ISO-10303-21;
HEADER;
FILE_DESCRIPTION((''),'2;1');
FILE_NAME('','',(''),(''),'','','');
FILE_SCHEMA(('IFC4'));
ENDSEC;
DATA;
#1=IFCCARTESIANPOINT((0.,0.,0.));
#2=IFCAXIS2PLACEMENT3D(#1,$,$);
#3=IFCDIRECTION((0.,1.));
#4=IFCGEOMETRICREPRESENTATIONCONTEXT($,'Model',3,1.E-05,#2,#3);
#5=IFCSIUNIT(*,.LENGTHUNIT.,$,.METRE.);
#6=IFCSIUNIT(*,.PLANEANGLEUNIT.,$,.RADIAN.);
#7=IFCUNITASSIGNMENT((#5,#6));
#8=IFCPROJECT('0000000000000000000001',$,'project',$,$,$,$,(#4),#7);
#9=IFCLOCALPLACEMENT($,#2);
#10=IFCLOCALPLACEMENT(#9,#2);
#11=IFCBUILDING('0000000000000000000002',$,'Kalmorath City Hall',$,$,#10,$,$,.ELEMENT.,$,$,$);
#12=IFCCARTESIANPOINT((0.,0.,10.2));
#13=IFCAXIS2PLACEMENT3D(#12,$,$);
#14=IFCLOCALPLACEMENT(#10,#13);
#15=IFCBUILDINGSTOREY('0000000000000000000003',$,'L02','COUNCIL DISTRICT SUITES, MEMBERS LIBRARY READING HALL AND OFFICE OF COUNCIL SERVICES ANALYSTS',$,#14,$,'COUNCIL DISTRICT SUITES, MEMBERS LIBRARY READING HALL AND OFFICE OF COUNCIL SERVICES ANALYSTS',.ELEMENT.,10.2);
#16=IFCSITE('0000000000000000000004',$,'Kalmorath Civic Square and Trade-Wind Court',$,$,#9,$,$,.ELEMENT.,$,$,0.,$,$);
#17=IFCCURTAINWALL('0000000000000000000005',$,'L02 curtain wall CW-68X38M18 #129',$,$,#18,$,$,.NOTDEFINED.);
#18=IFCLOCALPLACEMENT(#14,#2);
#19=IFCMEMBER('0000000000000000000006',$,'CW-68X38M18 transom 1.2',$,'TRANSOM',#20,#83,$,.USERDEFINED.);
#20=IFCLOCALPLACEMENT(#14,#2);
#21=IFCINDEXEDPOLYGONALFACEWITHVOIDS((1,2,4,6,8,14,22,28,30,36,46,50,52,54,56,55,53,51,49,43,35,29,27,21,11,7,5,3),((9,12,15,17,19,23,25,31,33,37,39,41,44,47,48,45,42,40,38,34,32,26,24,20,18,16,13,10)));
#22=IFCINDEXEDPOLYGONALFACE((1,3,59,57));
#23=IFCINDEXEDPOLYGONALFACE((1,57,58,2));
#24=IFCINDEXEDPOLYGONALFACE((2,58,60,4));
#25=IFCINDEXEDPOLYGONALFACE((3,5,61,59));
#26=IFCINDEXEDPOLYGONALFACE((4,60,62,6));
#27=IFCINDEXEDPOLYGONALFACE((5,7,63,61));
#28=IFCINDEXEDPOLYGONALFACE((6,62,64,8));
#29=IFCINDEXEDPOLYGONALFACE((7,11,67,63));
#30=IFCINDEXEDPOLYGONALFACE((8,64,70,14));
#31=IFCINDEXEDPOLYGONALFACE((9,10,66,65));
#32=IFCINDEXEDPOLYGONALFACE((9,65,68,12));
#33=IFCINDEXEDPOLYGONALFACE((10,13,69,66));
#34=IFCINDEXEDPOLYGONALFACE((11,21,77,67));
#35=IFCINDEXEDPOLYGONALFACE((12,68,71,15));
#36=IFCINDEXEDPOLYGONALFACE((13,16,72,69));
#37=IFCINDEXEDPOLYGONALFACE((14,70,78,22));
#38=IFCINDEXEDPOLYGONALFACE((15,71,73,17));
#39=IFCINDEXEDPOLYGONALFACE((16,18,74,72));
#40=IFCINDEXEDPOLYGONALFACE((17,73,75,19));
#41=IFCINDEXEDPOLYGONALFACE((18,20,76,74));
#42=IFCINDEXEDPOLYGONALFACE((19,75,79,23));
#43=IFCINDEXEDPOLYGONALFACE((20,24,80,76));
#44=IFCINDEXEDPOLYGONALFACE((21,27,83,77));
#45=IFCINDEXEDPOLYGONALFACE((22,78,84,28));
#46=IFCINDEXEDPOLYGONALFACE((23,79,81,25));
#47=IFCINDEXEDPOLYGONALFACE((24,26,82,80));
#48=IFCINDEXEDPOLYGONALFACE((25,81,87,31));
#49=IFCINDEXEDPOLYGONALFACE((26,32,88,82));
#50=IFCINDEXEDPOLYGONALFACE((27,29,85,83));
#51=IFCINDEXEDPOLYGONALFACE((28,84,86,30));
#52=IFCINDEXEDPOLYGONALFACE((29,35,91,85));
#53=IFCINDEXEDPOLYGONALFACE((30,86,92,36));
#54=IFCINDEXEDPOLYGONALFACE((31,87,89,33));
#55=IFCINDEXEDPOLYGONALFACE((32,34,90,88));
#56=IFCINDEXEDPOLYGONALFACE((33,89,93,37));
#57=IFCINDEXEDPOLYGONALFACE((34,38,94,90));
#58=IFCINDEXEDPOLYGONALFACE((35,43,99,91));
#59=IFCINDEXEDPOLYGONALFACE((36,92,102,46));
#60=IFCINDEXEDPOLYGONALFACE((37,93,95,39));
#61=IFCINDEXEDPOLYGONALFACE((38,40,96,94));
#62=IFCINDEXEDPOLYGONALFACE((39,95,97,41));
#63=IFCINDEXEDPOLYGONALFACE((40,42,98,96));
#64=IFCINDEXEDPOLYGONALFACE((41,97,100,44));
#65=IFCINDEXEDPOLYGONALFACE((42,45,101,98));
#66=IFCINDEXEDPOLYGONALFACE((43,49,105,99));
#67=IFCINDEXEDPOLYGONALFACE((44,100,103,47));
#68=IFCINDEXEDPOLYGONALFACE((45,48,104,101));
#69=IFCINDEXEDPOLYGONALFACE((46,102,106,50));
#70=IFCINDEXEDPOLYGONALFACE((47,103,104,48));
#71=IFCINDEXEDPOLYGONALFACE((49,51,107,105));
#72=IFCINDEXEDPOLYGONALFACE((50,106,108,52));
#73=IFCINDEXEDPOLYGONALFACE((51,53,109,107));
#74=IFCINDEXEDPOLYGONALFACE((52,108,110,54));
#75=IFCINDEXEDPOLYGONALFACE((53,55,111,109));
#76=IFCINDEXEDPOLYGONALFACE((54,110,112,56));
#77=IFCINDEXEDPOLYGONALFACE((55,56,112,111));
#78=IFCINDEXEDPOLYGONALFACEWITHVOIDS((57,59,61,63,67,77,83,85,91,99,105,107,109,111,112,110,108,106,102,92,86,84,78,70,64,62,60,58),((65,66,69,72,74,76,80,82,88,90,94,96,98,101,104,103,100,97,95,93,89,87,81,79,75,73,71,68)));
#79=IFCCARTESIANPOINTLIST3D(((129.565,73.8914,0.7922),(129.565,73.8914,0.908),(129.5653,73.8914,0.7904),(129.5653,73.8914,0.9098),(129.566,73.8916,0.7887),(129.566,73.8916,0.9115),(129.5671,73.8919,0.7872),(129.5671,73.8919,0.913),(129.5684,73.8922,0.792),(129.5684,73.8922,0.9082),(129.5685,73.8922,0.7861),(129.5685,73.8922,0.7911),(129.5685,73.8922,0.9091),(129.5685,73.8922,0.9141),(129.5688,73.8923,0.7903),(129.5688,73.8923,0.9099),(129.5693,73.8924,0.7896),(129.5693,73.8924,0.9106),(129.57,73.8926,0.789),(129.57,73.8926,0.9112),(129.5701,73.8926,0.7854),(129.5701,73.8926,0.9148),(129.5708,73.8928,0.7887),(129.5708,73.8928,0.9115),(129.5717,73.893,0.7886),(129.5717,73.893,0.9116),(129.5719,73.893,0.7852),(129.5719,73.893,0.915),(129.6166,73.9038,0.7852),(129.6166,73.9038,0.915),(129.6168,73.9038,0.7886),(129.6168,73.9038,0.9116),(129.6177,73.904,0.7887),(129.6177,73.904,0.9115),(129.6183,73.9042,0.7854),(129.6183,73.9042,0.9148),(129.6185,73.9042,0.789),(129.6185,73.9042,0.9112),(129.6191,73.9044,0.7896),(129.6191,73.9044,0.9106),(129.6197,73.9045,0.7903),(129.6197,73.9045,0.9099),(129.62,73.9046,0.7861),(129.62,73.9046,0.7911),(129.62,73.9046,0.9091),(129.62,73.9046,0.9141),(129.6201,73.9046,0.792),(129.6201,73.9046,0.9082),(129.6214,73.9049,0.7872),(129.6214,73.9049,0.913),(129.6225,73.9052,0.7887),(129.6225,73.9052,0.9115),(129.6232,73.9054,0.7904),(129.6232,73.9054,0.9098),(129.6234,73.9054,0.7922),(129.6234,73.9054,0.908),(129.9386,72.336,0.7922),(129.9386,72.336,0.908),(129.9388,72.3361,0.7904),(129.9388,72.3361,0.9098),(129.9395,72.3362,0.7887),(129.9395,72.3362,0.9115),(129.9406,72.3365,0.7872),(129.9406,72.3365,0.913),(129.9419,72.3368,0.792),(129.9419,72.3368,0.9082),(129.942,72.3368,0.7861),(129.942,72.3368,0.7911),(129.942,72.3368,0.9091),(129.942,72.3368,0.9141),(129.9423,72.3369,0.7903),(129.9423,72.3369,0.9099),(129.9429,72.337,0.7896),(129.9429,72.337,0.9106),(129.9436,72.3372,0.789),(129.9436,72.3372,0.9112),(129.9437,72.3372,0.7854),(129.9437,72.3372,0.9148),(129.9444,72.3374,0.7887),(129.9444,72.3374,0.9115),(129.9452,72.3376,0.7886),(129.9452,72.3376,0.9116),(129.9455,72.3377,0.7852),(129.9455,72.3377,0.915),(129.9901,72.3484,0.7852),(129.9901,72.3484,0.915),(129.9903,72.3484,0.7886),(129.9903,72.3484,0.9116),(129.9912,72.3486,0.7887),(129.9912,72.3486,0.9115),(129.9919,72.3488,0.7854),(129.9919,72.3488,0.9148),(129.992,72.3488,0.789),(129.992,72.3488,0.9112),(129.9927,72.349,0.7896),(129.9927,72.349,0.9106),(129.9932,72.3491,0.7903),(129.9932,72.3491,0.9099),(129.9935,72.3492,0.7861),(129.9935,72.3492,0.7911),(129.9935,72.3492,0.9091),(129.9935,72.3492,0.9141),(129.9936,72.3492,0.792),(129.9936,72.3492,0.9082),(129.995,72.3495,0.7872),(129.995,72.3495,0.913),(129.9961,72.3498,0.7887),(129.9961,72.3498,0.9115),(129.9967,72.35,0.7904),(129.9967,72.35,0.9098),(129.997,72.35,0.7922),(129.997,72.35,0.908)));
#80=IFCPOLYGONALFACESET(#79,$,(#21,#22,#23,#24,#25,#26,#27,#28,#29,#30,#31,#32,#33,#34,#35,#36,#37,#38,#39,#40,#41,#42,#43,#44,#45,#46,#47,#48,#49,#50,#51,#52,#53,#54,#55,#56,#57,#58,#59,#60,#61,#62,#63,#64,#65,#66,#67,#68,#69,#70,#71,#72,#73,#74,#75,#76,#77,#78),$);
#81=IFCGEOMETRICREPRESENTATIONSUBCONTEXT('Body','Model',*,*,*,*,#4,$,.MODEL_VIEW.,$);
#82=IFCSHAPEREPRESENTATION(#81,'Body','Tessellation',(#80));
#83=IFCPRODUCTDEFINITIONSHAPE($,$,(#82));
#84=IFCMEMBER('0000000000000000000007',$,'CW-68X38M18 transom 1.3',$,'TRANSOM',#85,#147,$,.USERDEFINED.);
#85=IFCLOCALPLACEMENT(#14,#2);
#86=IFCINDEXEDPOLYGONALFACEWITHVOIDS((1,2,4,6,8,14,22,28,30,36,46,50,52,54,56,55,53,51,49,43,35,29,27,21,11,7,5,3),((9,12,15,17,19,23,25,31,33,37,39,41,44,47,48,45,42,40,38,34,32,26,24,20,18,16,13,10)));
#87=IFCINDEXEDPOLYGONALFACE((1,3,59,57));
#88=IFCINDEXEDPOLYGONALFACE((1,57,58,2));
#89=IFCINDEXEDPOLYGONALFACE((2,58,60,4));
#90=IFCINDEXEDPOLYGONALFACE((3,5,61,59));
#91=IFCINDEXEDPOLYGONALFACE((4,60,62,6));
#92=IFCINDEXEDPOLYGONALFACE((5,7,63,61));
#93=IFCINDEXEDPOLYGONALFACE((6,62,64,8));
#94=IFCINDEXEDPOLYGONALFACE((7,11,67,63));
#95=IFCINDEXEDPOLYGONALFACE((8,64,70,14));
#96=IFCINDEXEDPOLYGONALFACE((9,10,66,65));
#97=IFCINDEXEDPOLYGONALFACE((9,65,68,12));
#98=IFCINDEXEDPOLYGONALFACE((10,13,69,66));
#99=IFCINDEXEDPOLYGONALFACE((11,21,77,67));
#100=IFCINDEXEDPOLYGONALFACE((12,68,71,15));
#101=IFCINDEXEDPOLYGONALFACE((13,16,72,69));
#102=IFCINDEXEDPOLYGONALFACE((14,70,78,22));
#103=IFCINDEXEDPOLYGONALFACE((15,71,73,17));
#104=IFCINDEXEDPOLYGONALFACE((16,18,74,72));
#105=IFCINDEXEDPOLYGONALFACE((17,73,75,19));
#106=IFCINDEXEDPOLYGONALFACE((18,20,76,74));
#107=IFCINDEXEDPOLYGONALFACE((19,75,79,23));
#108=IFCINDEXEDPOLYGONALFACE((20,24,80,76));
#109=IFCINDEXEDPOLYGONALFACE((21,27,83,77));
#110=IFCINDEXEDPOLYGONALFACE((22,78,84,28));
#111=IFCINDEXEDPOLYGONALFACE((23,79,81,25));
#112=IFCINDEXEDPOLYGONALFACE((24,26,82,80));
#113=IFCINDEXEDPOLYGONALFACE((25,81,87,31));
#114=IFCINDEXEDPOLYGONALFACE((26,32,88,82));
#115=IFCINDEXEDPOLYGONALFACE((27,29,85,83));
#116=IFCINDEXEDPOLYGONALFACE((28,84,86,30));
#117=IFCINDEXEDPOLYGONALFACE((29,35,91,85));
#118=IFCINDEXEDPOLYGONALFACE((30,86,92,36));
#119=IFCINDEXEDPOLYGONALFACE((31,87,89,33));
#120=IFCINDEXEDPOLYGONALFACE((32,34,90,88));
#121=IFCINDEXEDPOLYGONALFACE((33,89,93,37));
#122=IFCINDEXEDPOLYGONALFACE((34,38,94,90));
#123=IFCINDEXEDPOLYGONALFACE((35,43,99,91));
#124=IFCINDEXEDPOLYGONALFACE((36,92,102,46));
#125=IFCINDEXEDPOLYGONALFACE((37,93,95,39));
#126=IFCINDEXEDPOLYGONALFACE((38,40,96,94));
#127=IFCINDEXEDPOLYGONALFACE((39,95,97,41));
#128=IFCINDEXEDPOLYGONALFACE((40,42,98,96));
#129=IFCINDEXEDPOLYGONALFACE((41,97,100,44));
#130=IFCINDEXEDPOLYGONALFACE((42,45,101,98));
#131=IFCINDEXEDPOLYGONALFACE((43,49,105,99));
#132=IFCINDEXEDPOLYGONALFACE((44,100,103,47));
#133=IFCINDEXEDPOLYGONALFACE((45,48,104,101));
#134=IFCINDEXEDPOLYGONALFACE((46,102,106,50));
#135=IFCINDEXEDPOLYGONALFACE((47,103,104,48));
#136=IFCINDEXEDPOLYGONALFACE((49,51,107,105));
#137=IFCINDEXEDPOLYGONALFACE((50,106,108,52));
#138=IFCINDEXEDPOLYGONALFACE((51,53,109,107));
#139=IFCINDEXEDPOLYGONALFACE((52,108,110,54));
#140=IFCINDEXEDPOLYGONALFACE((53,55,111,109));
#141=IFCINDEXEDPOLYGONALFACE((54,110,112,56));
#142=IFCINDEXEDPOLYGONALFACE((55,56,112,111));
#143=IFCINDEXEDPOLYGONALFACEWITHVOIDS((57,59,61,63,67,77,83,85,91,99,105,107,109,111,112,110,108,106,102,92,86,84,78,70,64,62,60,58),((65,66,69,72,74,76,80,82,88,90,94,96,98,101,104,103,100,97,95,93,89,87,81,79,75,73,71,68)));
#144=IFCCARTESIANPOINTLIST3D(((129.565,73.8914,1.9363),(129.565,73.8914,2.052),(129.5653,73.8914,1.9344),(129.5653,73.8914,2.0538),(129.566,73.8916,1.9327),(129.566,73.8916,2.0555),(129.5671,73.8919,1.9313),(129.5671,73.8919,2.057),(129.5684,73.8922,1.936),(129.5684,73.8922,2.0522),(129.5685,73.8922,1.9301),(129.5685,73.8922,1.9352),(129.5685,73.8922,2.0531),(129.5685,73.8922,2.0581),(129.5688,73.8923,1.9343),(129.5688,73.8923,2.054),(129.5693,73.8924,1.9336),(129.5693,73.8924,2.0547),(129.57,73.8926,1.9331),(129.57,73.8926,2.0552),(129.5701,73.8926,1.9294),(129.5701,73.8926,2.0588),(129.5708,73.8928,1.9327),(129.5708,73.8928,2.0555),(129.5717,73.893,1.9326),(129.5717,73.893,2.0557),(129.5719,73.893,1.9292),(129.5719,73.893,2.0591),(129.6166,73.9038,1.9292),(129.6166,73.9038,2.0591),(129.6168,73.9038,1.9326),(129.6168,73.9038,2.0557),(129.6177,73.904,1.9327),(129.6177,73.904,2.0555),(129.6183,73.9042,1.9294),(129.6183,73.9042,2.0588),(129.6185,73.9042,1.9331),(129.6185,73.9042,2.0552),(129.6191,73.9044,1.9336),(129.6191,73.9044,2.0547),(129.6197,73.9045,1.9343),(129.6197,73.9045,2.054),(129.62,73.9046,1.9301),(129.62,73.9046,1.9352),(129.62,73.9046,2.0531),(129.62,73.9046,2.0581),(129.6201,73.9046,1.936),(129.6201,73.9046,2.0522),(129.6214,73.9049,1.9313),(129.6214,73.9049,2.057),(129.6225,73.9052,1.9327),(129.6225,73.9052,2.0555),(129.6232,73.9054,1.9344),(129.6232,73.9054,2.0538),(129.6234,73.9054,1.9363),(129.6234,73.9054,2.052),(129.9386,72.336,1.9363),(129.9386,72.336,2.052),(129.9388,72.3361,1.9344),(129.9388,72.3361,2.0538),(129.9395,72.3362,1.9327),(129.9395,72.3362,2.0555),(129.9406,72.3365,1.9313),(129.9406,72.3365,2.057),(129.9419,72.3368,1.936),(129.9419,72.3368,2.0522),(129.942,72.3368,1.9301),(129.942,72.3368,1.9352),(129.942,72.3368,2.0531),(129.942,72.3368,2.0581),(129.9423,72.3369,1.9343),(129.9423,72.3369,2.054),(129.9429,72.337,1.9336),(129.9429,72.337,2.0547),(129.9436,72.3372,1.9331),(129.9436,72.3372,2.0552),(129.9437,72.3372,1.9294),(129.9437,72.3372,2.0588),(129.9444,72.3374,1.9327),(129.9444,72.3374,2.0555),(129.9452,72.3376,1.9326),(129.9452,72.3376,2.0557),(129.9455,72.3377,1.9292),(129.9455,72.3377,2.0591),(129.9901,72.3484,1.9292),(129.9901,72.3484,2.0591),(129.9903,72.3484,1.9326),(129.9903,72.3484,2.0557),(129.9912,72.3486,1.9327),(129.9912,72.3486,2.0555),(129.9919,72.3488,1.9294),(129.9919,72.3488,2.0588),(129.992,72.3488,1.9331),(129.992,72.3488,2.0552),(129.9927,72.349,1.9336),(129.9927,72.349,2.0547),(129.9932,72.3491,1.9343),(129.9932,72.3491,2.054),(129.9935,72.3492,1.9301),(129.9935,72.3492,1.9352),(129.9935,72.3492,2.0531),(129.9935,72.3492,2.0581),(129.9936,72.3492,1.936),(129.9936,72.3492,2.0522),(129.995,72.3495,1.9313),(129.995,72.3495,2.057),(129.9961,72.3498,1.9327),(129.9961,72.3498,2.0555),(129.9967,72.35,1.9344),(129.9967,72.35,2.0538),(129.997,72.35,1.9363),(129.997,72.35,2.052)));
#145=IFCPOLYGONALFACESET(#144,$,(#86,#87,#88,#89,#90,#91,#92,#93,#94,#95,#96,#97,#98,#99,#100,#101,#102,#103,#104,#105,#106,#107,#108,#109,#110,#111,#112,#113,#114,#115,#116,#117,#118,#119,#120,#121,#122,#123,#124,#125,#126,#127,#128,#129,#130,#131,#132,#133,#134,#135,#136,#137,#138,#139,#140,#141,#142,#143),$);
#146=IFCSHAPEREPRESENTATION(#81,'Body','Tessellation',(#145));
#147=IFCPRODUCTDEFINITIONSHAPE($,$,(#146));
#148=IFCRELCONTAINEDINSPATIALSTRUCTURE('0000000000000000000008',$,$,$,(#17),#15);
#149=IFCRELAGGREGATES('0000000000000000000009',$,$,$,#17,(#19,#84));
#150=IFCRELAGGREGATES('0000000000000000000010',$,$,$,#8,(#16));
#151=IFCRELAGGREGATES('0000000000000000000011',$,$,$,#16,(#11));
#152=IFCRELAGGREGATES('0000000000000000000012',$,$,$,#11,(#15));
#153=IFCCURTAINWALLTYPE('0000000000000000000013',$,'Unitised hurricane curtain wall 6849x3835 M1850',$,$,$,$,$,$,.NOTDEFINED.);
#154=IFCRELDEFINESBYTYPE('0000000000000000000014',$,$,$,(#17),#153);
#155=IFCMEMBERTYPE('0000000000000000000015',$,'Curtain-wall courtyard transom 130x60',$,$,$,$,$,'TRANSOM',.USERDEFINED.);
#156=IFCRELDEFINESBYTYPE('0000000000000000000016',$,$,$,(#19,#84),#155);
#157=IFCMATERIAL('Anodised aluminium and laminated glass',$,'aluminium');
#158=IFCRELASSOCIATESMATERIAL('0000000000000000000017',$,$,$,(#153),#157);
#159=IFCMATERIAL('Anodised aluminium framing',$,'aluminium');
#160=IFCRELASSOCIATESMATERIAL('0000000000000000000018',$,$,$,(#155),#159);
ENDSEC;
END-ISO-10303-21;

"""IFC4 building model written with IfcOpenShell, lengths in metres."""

from ifc_helpers import new_model, si_unit, direction, frame, origin, origin_2d, place, context, subcontext, project, spatial, hollow_rectangle, extrude, material, material_profile, profile_set, type_object, element, aggregate, save


model = new_model("IFC4")

# Units and contexts
model_context = context("Model", 3, precision=1e-05, world=origin(), true_north=direction((0.0, 1.0)))
body_context = subcontext(model_context, "Body", "Model", "MODEL_VIEW")
ifc_project = project(units=[si_unit("LENGTHUNIT", "METRE"), si_unit("PLANEANGLEUNIT", "RADIAN")], contexts=[model_context])

# Site, building, storey
site_placement = place(None, origin())
site = spatial("IfcSite", under=ifc_project, at=site_placement, Name="Kalmorath Civic Square and Trade-Wind Court", CompositionType="ELEMENT", RefElevation=0.0)
building_placement = place(site_placement, origin())
building = spatial("IfcBuilding", under=site, at=building_placement, Name="Kalmorath City Hall", CompositionType="ELEMENT")
storey_placement = place(building_placement, frame((0.0, 0.0, 10.2)))
storey = spatial("IfcBuildingStorey", under=building, at=storey_placement, Name="L02", Description="COUNCIL DISTRICT SUITES, MEMBERS LIBRARY READING HALL AND OFFICE OF COUNCIL SERVICES ANALYSTS", LongName="COUNCIL DISTRICT SUITES, MEMBERS LIBRARY READING HALL AND OFFICE OF COUNCIL SERVICES ANALYSTS", CompositionType="ELEMENT", Elevation=10.2)

# Curtain wall, members
ifc_material_1 = material(Name="Anodised aluminium and laminated glass", Category="aluminium")
curtain_wall_type = type_object("IfcCurtainWallType", Name="Unitised hurricane curtain wall 6849x3835 M1850", PredefinedType="NOTDEFINED", material=ifc_material_1)
ifc_material_2 = material(Name="Anodised aluminium framing", Category="aluminium")
ifc_material_profile_1 = material_profile(ifc_material_2, hollow_rectangle(XDim=0.0601, YDim=0.1299, WallThickness=0.0034, InnerFilletRadius=0.0034, OuterFilletRadius=0.0071, at=origin_2d()), Name="ALU-TRN-130X60X3.5")
ifc_profile_set_1 = profile_set([ifc_material_profile_1], Name="Anodised aluminium framing")
member_type_1 = type_object("IfcMemberType", Name="Curtain-wall courtyard transom 130x60", ElementType="TRANSOM", PredefinedType="USERDEFINED", material=ifc_profile_set_1)
curtain_wall_1_placement = place(storey_placement, origin())
curtain_wall_1 = element("IfcCurtainWall", 1, at=curtain_wall_1_placement, inside=storey, type_object=curtain_wall_type, Name="L02 curtain wall CW-68X38M18 #129", PredefinedType="NOTDEFINED")
member_1_placement = place(storey_placement, frame((129.9678, 72.343, 0.8501), z_axis=(-0.233511, 0.972354, 0.0), x_axis=(-0.972354, -0.233511, 0.0)))
member_1 = element("IfcMember", 2, at=member_1_placement, type_object=member_type_1, Name="CW-68X38M18 transom 1.2", ObjectType="TRANSOM", PredefinedType="USERDEFINED", context=body_context, shape_type="SweptSolid", body=[
    extrude(hollow_rectangle(XDim=0.0601, YDim=0.1299, WallThickness=0.0034, InnerFilletRadius=0.0034, OuterFilletRadius=0.0071, at=origin_2d()), origin(), (0.0, 0.0, 1.0), 1.5996),
])
member_2_placement = place(storey_placement, frame((129.9678, 72.343, 1.9941), z_axis=(-0.233511, 0.972354, 0.0), x_axis=(-0.972354, -0.233511, 0.0)))
member_2 = element("IfcMember", 3, at=member_2_placement, type_object=member_type_1, Name="CW-68X38M18 transom 1.3", ObjectType="TRANSOM", PredefinedType="USERDEFINED", context=body_context, shape_type="SweptSolid", body=[
    extrude(hollow_rectangle(XDim=0.0601, YDim=0.1299, WallThickness=0.0034, InnerFilletRadius=0.0034, OuterFilletRadius=0.0071, at=origin_2d()), origin(), (0.0, 0.0, 1.0), 1.5996),
])

aggregate(curtain_wall_1, [member_1, member_2])

save(model, "model.ifc")
